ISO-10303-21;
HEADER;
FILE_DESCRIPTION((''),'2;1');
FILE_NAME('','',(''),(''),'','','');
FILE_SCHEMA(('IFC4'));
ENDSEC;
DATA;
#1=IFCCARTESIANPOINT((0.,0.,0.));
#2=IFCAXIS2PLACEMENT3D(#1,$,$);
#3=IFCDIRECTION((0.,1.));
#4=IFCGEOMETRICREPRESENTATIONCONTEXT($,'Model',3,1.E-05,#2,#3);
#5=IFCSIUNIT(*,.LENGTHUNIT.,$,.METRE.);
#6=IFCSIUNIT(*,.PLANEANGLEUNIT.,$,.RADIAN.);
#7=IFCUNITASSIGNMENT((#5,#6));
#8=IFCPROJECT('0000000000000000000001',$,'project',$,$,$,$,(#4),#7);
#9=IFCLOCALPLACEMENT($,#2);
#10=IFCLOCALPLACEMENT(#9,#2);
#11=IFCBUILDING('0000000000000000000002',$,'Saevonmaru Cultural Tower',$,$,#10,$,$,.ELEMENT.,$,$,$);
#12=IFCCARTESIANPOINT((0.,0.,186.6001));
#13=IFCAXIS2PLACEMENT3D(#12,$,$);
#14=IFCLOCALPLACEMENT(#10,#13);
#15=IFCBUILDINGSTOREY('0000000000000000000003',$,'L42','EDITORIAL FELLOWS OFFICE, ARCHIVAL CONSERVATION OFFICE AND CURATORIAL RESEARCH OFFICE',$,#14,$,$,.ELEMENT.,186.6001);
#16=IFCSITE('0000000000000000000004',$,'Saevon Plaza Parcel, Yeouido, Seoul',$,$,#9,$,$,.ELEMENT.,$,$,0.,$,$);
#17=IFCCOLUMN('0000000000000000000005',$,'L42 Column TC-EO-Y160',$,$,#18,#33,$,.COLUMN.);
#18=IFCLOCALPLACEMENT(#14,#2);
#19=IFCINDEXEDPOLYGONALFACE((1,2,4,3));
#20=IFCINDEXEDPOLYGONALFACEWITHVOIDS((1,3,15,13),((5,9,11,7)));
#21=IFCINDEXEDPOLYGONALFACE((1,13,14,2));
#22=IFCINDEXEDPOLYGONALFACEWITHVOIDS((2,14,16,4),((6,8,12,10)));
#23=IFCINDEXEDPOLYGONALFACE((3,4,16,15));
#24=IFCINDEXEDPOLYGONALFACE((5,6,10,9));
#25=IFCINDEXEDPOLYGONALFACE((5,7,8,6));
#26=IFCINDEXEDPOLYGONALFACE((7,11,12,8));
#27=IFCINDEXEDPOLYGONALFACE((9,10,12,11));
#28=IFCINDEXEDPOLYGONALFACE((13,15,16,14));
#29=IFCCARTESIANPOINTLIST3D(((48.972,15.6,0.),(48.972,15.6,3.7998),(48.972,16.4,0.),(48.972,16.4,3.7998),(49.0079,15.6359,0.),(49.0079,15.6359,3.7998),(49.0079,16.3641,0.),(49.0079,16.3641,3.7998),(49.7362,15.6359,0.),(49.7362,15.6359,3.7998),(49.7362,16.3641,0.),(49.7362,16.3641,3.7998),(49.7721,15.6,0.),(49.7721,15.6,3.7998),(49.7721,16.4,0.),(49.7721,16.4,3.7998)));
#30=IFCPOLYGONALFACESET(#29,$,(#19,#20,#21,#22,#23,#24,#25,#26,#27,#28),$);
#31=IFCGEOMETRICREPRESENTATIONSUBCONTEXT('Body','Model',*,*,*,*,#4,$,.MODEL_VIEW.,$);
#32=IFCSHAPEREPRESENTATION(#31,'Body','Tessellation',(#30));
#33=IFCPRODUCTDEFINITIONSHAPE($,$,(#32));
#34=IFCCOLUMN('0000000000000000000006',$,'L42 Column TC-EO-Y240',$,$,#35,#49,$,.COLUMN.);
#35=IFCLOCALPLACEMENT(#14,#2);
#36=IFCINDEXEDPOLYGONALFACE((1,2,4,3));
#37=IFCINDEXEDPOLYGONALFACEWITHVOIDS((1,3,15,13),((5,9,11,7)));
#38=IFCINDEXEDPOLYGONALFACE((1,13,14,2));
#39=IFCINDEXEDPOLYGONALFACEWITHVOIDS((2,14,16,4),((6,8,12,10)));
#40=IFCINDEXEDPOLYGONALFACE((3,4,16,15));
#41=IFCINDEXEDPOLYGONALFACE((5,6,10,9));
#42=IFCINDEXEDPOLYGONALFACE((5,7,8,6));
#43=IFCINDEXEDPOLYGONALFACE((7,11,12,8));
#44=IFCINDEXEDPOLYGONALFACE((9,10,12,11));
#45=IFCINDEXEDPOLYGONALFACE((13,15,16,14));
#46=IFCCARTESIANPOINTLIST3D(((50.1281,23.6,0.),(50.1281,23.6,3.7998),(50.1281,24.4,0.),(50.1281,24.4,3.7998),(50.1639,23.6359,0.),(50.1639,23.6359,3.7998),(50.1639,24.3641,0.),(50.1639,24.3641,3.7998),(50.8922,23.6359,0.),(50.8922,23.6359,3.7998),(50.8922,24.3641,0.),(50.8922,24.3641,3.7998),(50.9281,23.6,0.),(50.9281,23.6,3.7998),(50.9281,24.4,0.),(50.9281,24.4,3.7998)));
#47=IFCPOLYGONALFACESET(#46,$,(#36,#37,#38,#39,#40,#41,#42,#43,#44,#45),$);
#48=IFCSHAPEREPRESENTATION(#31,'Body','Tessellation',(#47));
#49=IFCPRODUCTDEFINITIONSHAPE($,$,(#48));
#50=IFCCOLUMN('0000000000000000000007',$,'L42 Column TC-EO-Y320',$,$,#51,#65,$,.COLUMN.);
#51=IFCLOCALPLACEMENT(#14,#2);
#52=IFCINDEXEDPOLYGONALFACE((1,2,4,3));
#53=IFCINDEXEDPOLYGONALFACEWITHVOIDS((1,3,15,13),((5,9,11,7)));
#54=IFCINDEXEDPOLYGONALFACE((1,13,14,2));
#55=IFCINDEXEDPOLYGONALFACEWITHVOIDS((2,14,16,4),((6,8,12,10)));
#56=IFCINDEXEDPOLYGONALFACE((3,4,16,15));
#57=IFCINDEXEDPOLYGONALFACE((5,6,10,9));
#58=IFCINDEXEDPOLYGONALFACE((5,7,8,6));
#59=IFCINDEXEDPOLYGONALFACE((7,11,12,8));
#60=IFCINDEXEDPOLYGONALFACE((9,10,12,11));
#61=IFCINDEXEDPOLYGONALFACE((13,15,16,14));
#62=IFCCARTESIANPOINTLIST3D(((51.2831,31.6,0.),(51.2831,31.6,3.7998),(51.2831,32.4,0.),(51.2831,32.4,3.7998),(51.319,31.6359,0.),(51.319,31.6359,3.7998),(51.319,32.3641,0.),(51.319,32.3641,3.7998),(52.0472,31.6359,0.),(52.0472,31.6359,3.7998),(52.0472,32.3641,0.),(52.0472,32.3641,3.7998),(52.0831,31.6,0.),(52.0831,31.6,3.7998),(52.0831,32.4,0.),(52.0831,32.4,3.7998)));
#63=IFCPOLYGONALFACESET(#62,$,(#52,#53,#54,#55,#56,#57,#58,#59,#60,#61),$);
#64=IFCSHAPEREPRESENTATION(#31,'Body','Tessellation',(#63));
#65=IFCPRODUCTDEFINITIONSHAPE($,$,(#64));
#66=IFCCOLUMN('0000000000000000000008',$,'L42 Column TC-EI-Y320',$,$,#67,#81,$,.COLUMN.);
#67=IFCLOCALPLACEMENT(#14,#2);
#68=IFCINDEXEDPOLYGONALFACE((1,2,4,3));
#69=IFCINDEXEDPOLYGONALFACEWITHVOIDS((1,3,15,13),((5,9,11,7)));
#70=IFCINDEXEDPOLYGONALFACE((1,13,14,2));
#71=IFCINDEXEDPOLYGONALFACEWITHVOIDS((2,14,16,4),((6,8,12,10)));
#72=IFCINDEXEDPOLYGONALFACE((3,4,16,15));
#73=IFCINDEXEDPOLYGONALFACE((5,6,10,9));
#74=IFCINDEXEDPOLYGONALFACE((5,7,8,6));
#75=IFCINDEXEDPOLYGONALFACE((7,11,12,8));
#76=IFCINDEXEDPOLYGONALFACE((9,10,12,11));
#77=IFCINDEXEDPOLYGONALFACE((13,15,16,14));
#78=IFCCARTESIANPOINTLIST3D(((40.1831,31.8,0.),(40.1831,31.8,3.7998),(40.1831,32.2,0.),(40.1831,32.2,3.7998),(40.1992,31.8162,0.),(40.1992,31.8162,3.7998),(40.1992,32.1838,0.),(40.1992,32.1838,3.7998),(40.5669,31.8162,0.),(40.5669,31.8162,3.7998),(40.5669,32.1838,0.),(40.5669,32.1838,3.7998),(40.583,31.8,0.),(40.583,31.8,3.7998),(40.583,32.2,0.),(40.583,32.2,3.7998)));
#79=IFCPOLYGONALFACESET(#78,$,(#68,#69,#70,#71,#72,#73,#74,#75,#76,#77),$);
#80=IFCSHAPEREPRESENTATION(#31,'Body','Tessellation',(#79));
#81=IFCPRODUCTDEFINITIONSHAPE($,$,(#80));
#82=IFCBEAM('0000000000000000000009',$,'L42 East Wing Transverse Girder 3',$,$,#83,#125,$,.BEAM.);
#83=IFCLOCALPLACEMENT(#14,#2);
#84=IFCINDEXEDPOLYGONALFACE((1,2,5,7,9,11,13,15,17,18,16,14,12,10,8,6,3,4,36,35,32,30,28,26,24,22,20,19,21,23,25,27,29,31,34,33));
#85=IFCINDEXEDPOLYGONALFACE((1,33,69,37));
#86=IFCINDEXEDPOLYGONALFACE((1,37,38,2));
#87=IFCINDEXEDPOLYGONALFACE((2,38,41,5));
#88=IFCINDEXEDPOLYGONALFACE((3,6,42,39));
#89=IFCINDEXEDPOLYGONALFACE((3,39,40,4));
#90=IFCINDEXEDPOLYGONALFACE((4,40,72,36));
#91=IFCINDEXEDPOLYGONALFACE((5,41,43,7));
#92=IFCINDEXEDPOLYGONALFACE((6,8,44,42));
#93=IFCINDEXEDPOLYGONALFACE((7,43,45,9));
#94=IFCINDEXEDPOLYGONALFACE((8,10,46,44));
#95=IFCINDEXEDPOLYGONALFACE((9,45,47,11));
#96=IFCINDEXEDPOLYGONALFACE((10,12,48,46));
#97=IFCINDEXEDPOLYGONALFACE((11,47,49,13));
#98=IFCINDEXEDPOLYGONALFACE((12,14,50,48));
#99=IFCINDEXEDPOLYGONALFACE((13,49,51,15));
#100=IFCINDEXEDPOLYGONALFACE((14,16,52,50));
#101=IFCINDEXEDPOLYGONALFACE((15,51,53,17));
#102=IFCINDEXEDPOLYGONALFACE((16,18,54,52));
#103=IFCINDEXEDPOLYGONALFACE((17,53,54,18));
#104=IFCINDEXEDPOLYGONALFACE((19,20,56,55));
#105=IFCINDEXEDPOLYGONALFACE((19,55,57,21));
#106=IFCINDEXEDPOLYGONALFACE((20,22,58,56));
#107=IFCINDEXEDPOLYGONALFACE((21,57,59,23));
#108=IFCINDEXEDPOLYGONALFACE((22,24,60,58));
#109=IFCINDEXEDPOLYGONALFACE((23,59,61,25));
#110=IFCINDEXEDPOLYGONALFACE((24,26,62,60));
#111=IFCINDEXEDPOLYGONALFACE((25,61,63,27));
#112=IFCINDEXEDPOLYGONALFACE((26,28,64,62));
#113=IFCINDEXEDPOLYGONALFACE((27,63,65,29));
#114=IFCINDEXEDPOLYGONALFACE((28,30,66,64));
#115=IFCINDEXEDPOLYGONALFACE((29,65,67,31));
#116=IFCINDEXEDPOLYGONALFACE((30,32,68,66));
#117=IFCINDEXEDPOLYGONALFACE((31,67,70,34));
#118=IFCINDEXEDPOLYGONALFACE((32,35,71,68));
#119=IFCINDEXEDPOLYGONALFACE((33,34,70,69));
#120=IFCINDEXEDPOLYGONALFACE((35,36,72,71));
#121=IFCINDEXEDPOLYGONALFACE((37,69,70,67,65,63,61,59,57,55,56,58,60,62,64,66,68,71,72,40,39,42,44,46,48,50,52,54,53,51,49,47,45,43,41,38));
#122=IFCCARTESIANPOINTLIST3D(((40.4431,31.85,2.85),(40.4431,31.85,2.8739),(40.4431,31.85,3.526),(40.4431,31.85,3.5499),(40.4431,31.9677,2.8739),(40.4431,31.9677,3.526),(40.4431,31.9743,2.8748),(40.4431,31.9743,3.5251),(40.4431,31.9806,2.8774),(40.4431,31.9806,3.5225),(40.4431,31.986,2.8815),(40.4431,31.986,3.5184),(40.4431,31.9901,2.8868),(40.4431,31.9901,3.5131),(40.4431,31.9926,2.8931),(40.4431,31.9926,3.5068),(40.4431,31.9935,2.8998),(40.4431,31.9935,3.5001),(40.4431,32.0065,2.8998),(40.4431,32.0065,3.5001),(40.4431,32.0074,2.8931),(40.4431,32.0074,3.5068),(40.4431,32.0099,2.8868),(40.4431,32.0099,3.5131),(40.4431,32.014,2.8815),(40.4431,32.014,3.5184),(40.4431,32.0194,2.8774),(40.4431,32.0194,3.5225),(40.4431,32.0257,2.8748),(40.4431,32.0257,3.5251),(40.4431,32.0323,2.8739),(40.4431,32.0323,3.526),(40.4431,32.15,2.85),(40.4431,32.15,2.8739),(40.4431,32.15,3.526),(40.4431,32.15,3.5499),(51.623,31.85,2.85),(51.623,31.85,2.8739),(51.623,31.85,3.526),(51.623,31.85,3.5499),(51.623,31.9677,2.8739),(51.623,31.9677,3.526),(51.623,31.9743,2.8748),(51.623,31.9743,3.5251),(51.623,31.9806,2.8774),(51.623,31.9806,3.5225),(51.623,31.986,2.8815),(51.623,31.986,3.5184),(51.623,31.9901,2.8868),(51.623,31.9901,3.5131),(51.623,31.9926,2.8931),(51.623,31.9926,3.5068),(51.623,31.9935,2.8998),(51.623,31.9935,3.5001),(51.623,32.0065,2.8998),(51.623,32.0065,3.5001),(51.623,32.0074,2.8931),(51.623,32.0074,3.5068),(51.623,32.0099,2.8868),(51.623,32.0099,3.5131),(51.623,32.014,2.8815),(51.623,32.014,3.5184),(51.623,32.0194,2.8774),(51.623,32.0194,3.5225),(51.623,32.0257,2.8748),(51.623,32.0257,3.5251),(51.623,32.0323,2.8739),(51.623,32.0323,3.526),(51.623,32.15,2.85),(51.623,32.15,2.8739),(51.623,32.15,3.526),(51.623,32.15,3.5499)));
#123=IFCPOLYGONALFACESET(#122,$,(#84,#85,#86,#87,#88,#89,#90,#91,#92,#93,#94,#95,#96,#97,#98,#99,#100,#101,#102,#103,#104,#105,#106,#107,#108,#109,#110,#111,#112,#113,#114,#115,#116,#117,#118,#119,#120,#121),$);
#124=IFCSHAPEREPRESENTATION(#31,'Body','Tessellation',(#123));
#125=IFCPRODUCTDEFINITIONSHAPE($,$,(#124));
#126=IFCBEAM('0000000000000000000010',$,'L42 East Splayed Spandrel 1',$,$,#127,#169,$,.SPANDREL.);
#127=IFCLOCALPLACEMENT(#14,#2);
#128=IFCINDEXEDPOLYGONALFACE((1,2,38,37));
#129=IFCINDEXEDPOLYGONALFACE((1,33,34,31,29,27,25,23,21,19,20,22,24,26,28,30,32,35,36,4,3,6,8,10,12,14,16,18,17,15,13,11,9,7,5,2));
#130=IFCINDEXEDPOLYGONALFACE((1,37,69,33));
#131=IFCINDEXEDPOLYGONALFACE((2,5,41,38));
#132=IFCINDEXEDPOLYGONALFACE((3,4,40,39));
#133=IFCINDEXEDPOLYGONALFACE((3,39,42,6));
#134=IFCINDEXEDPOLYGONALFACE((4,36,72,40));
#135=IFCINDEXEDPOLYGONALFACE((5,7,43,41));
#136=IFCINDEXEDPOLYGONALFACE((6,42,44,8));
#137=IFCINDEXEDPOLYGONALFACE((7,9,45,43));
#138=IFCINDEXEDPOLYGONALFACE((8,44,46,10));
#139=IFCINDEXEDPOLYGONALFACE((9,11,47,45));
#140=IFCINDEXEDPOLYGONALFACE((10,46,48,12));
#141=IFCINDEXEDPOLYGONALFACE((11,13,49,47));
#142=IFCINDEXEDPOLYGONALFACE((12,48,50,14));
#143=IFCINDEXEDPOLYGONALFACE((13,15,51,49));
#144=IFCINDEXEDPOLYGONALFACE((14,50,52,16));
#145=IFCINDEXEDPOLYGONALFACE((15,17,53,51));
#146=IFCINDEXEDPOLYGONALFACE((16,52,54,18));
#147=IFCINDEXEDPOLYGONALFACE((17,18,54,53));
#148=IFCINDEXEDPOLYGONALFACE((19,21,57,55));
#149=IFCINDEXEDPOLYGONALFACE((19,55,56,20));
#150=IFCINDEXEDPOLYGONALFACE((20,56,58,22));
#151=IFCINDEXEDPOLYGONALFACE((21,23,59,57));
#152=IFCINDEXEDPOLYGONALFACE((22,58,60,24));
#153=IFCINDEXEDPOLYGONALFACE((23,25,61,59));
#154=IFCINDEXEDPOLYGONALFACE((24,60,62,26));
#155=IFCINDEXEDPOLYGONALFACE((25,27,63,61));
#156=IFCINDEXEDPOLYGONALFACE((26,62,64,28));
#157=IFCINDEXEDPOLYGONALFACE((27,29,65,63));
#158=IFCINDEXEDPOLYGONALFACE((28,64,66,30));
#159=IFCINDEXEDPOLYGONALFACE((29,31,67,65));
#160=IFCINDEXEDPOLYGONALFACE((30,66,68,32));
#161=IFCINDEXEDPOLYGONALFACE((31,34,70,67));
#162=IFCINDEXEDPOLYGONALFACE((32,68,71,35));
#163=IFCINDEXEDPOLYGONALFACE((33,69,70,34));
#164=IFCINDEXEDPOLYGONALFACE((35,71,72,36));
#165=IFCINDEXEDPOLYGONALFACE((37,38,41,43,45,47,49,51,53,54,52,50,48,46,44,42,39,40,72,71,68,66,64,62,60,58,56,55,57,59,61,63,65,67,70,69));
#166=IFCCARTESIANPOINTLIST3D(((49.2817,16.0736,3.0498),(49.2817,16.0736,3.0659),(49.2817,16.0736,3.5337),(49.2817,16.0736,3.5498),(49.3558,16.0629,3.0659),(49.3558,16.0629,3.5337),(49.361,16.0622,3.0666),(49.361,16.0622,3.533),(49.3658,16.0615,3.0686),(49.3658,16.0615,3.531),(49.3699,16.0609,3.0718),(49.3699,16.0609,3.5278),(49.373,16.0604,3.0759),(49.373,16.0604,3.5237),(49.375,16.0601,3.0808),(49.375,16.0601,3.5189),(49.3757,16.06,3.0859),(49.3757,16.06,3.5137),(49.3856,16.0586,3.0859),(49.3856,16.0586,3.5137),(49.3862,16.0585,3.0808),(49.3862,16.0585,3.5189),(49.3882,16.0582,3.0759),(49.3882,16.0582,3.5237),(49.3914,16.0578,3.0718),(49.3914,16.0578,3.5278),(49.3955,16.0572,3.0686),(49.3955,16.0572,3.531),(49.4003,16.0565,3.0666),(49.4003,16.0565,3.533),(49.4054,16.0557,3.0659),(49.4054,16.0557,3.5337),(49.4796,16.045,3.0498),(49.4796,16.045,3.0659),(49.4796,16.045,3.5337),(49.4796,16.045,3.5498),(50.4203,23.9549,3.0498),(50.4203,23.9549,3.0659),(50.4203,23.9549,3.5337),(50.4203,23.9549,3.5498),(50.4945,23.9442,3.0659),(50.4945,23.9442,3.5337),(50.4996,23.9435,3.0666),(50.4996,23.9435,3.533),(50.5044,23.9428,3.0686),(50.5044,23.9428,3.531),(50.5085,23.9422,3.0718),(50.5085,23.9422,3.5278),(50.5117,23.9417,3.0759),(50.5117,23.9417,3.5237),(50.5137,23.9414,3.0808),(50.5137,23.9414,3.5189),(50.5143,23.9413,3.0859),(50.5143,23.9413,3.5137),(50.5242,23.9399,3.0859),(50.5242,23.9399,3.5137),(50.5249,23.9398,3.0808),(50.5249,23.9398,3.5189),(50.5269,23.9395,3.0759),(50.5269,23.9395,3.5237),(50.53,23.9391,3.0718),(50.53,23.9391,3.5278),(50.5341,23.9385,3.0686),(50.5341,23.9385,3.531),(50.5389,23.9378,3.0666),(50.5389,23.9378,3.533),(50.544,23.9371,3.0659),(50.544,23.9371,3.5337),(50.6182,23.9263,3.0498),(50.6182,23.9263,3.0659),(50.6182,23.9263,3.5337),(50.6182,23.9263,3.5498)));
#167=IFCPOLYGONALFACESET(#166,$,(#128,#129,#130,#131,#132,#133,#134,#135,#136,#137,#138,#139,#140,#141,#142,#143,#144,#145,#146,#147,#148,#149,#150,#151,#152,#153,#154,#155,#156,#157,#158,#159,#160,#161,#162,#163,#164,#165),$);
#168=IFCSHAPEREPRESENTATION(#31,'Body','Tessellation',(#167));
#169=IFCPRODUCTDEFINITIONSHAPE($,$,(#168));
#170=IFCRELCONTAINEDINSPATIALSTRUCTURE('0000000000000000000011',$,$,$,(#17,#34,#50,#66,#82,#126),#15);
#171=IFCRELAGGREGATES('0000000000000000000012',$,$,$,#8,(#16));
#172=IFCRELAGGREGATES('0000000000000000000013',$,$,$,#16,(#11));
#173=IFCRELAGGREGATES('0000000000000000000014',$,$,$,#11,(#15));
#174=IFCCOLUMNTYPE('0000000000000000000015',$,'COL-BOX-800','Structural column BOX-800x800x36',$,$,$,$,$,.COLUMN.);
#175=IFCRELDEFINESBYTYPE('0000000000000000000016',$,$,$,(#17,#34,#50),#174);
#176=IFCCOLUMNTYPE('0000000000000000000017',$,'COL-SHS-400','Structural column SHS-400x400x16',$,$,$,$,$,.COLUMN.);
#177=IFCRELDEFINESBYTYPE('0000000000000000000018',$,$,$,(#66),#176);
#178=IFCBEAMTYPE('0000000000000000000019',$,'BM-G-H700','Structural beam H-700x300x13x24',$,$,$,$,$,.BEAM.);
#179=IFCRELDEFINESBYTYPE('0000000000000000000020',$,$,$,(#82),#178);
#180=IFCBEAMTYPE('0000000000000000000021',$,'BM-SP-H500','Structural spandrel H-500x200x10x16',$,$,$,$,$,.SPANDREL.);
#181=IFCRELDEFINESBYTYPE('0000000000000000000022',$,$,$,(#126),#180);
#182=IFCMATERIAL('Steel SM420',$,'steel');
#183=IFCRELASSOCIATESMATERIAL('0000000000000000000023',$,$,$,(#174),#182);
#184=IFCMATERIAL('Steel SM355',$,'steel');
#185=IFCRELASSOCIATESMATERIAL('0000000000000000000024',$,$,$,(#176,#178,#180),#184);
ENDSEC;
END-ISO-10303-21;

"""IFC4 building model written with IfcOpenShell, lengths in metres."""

from ifc_helpers import new_model, si_unit, direction, frame, origin, origin_2d, place, context, subcontext, project, spatial, hollow_rectangle, i_section, extrude, material, material_profile, profile_set, type_object, element, save


model = new_model("IFC4")

# Units and contexts
model_context = context("Model", 3, precision=1e-05, world=origin(), true_north=direction((0.0, 1.0)))
body_context = subcontext(model_context, "Body", "Model", "MODEL_VIEW")
ifc_project = project(units=[si_unit("LENGTHUNIT", "METRE"), si_unit("PLANEANGLEUNIT", "RADIAN")], contexts=[model_context])

# Site, building, storey
site_placement = place(None, origin())
site = spatial("IfcSite", under=ifc_project, at=site_placement, Name="Saevon Plaza Parcel, Yeouido, Seoul", CompositionType="ELEMENT", RefElevation=0.0)
building_placement = place(site_placement, origin())
building = spatial("IfcBuilding", under=site, at=building_placement, Name="Saevonmaru Cultural Tower", CompositionType="ELEMENT")
storey_placement = place(building_placement, frame((0.0, 0.0, 186.6001)))
storey = spatial("IfcBuildingStorey", under=building, at=storey_placement, Name="L42", Description="EDITORIAL FELLOWS OFFICE, ARCHIVAL CONSERVATION OFFICE AND CURATORIAL RESEARCH OFFICE", CompositionType="ELEMENT", Elevation=186.6001)

# Columns
ifc_material_1 = material(Name="Steel SM420", Category="steel")
ifc_material_profile_1 = material_profile(ifc_material_1, hollow_rectangle(XDim=0.8, YDim=0.8, WallThickness=0.0359, at=origin_2d()), Name="BOX-800x800x36")
ifc_profile_set_1 = profile_set([ifc_material_profile_1], Name="Steel SM420")
column_type_1 = type_object("IfcColumnType", Name="COL-BOX-800", Description="Structural column BOX-800x800x36", PredefinedType="COLUMN", material=ifc_profile_set_1)
for number, where, z_axis, x_axis, name in (
    (1, (49.3721, 16.0, 0.0), (0.0, 0.0, 1.0), (1.0, 0.0, 0.0), "L42 Column TC-EO-Y160"),
    (2, (50.5281, 24.0, 0.0), (0.0, 0.0, 1.0), (1.0, 0.0, 0.0), "L42 Column TC-EO-Y240"),
    (3, (51.6831, 32.0, 0.0), (0.0, 0.0, 1.0), (1.0, 0.0, 0.0), "L42 Column TC-EO-Y320"),
):
    element("IfcColumn", number, at=place(storey_placement, frame(where, z_axis=z_axis, x_axis=x_axis)), inside=storey, type_object=column_type_1, Name=name, PredefinedType="COLUMN", context=body_context, shape_type="SweptSolid", body=[
        extrude(hollow_rectangle(XDim=0.8, YDim=0.8, WallThickness=0.0359, at=origin_2d()), origin(), (0.0, 0.0, 1.0), 3.7998),
    ])
ifc_material_2 = material(Name="Steel SM355", Category="steel")
ifc_material_profile_2 = material_profile(ifc_material_2, hollow_rectangle(XDim=0.3999, YDim=0.3999, WallThickness=0.0161, at=origin_2d()), Name="SHS-400x400x16")
ifc_profile_set_2 = profile_set([ifc_material_profile_2], Name="Steel SM355")
column_type_2 = type_object("IfcColumnType", Name="COL-SHS-400", Description="Structural column SHS-400x400x16", PredefinedType="COLUMN", material=ifc_profile_set_2)
column_placement = place(storey_placement, frame((40.3831, 32.0, 0.0), z_axis=(0.0, 0.0, 1.0), x_axis=(1.0, 0.0, 0.0)))
element("IfcColumn", 4, at=column_placement, inside=storey, type_object=column_type_2, Name="L42 Column TC-EI-Y320", PredefinedType="COLUMN", context=body_context, shape_type="SweptSolid", body=[
    extrude(hollow_rectangle(XDim=0.3999, YDim=0.3999, WallThickness=0.0161, at=origin_2d()), origin(), (0.0, 0.0, 1.0), 3.7998),
])

# Beams
ifc_material_profile_3 = material_profile(ifc_material_2, i_section(OverallWidth=0.3, OverallDepth=0.7, WebThickness=0.0129, FlangeThickness=0.0239, FilletRadius=0.0259, at=origin_2d()), Name="H-700x300x13x24")
ifc_profile_set_3 = profile_set([ifc_material_profile_3], Name="Steel SM355")
beam_type_1 = type_object("IfcBeamType", Name="BM-G-H700", Description="Structural beam H-700x300x13x24", PredefinedType="BEAM", material=ifc_profile_set_3)
beam_placement = place(storey_placement, frame((40.4431, 32.0, 3.2), z_axis=(1.0, 0.0, 0.0), x_axis=(0.0, 1.0, 0.0)))
element("IfcBeam", 5, at=beam_placement, inside=storey, type_object=beam_type_1, Name="L42 East Wing Transverse Girder 3", PredefinedType="BEAM", context=body_context, shape_type="SweptSolid", body=[
    extrude(i_section(OverallWidth=0.3, OverallDepth=0.7, WebThickness=0.0129, FlangeThickness=0.0239, FilletRadius=0.0259, at=origin_2d()), origin(), (0.0, 0.0, 1.0), 11.1799),
])
ifc_material_profile_4 = material_profile(ifc_material_2, i_section(OverallWidth=0.2, OverallDepth=0.5, WebThickness=0.01, FlangeThickness=0.0161, FilletRadius=0.02, at=origin_2d()), Name="H-500x200x10x16")
ifc_profile_set_4 = profile_set([ifc_material_profile_4], Name="Steel SM355")
beam_type_2 = type_object("IfcBeamType", Name="BM-SP-H500", Description="Structural spandrel H-500x200x10x16", PredefinedType="SPANDREL", material=ifc_profile_set_4)
for number, where, z_axis, x_axis, name in (
    (6, (49.3806, 16.0593, 3.2998), (0.142992, 0.989724, 0.0), (-0.989724, 0.142992, 0.0), "L42 East Splayed Spandrel 1"),
):
    element("IfcBeam", number, at=place(storey_placement, frame(where, z_axis=z_axis, x_axis=x_axis)), inside=storey, type_object=beam_type_2, Name=name, PredefinedType="SPANDREL", context=body_context, shape_type="SweptSolid", body=[
        extrude(i_section(OverallWidth=0.2, OverallDepth=0.5, WebThickness=0.01, FlangeThickness=0.0161, FilletRadius=0.02, at=origin_2d()), origin(), (0.0, 0.0, 1.0), 7.9631),
    ])

save(model, "model.ifc")
